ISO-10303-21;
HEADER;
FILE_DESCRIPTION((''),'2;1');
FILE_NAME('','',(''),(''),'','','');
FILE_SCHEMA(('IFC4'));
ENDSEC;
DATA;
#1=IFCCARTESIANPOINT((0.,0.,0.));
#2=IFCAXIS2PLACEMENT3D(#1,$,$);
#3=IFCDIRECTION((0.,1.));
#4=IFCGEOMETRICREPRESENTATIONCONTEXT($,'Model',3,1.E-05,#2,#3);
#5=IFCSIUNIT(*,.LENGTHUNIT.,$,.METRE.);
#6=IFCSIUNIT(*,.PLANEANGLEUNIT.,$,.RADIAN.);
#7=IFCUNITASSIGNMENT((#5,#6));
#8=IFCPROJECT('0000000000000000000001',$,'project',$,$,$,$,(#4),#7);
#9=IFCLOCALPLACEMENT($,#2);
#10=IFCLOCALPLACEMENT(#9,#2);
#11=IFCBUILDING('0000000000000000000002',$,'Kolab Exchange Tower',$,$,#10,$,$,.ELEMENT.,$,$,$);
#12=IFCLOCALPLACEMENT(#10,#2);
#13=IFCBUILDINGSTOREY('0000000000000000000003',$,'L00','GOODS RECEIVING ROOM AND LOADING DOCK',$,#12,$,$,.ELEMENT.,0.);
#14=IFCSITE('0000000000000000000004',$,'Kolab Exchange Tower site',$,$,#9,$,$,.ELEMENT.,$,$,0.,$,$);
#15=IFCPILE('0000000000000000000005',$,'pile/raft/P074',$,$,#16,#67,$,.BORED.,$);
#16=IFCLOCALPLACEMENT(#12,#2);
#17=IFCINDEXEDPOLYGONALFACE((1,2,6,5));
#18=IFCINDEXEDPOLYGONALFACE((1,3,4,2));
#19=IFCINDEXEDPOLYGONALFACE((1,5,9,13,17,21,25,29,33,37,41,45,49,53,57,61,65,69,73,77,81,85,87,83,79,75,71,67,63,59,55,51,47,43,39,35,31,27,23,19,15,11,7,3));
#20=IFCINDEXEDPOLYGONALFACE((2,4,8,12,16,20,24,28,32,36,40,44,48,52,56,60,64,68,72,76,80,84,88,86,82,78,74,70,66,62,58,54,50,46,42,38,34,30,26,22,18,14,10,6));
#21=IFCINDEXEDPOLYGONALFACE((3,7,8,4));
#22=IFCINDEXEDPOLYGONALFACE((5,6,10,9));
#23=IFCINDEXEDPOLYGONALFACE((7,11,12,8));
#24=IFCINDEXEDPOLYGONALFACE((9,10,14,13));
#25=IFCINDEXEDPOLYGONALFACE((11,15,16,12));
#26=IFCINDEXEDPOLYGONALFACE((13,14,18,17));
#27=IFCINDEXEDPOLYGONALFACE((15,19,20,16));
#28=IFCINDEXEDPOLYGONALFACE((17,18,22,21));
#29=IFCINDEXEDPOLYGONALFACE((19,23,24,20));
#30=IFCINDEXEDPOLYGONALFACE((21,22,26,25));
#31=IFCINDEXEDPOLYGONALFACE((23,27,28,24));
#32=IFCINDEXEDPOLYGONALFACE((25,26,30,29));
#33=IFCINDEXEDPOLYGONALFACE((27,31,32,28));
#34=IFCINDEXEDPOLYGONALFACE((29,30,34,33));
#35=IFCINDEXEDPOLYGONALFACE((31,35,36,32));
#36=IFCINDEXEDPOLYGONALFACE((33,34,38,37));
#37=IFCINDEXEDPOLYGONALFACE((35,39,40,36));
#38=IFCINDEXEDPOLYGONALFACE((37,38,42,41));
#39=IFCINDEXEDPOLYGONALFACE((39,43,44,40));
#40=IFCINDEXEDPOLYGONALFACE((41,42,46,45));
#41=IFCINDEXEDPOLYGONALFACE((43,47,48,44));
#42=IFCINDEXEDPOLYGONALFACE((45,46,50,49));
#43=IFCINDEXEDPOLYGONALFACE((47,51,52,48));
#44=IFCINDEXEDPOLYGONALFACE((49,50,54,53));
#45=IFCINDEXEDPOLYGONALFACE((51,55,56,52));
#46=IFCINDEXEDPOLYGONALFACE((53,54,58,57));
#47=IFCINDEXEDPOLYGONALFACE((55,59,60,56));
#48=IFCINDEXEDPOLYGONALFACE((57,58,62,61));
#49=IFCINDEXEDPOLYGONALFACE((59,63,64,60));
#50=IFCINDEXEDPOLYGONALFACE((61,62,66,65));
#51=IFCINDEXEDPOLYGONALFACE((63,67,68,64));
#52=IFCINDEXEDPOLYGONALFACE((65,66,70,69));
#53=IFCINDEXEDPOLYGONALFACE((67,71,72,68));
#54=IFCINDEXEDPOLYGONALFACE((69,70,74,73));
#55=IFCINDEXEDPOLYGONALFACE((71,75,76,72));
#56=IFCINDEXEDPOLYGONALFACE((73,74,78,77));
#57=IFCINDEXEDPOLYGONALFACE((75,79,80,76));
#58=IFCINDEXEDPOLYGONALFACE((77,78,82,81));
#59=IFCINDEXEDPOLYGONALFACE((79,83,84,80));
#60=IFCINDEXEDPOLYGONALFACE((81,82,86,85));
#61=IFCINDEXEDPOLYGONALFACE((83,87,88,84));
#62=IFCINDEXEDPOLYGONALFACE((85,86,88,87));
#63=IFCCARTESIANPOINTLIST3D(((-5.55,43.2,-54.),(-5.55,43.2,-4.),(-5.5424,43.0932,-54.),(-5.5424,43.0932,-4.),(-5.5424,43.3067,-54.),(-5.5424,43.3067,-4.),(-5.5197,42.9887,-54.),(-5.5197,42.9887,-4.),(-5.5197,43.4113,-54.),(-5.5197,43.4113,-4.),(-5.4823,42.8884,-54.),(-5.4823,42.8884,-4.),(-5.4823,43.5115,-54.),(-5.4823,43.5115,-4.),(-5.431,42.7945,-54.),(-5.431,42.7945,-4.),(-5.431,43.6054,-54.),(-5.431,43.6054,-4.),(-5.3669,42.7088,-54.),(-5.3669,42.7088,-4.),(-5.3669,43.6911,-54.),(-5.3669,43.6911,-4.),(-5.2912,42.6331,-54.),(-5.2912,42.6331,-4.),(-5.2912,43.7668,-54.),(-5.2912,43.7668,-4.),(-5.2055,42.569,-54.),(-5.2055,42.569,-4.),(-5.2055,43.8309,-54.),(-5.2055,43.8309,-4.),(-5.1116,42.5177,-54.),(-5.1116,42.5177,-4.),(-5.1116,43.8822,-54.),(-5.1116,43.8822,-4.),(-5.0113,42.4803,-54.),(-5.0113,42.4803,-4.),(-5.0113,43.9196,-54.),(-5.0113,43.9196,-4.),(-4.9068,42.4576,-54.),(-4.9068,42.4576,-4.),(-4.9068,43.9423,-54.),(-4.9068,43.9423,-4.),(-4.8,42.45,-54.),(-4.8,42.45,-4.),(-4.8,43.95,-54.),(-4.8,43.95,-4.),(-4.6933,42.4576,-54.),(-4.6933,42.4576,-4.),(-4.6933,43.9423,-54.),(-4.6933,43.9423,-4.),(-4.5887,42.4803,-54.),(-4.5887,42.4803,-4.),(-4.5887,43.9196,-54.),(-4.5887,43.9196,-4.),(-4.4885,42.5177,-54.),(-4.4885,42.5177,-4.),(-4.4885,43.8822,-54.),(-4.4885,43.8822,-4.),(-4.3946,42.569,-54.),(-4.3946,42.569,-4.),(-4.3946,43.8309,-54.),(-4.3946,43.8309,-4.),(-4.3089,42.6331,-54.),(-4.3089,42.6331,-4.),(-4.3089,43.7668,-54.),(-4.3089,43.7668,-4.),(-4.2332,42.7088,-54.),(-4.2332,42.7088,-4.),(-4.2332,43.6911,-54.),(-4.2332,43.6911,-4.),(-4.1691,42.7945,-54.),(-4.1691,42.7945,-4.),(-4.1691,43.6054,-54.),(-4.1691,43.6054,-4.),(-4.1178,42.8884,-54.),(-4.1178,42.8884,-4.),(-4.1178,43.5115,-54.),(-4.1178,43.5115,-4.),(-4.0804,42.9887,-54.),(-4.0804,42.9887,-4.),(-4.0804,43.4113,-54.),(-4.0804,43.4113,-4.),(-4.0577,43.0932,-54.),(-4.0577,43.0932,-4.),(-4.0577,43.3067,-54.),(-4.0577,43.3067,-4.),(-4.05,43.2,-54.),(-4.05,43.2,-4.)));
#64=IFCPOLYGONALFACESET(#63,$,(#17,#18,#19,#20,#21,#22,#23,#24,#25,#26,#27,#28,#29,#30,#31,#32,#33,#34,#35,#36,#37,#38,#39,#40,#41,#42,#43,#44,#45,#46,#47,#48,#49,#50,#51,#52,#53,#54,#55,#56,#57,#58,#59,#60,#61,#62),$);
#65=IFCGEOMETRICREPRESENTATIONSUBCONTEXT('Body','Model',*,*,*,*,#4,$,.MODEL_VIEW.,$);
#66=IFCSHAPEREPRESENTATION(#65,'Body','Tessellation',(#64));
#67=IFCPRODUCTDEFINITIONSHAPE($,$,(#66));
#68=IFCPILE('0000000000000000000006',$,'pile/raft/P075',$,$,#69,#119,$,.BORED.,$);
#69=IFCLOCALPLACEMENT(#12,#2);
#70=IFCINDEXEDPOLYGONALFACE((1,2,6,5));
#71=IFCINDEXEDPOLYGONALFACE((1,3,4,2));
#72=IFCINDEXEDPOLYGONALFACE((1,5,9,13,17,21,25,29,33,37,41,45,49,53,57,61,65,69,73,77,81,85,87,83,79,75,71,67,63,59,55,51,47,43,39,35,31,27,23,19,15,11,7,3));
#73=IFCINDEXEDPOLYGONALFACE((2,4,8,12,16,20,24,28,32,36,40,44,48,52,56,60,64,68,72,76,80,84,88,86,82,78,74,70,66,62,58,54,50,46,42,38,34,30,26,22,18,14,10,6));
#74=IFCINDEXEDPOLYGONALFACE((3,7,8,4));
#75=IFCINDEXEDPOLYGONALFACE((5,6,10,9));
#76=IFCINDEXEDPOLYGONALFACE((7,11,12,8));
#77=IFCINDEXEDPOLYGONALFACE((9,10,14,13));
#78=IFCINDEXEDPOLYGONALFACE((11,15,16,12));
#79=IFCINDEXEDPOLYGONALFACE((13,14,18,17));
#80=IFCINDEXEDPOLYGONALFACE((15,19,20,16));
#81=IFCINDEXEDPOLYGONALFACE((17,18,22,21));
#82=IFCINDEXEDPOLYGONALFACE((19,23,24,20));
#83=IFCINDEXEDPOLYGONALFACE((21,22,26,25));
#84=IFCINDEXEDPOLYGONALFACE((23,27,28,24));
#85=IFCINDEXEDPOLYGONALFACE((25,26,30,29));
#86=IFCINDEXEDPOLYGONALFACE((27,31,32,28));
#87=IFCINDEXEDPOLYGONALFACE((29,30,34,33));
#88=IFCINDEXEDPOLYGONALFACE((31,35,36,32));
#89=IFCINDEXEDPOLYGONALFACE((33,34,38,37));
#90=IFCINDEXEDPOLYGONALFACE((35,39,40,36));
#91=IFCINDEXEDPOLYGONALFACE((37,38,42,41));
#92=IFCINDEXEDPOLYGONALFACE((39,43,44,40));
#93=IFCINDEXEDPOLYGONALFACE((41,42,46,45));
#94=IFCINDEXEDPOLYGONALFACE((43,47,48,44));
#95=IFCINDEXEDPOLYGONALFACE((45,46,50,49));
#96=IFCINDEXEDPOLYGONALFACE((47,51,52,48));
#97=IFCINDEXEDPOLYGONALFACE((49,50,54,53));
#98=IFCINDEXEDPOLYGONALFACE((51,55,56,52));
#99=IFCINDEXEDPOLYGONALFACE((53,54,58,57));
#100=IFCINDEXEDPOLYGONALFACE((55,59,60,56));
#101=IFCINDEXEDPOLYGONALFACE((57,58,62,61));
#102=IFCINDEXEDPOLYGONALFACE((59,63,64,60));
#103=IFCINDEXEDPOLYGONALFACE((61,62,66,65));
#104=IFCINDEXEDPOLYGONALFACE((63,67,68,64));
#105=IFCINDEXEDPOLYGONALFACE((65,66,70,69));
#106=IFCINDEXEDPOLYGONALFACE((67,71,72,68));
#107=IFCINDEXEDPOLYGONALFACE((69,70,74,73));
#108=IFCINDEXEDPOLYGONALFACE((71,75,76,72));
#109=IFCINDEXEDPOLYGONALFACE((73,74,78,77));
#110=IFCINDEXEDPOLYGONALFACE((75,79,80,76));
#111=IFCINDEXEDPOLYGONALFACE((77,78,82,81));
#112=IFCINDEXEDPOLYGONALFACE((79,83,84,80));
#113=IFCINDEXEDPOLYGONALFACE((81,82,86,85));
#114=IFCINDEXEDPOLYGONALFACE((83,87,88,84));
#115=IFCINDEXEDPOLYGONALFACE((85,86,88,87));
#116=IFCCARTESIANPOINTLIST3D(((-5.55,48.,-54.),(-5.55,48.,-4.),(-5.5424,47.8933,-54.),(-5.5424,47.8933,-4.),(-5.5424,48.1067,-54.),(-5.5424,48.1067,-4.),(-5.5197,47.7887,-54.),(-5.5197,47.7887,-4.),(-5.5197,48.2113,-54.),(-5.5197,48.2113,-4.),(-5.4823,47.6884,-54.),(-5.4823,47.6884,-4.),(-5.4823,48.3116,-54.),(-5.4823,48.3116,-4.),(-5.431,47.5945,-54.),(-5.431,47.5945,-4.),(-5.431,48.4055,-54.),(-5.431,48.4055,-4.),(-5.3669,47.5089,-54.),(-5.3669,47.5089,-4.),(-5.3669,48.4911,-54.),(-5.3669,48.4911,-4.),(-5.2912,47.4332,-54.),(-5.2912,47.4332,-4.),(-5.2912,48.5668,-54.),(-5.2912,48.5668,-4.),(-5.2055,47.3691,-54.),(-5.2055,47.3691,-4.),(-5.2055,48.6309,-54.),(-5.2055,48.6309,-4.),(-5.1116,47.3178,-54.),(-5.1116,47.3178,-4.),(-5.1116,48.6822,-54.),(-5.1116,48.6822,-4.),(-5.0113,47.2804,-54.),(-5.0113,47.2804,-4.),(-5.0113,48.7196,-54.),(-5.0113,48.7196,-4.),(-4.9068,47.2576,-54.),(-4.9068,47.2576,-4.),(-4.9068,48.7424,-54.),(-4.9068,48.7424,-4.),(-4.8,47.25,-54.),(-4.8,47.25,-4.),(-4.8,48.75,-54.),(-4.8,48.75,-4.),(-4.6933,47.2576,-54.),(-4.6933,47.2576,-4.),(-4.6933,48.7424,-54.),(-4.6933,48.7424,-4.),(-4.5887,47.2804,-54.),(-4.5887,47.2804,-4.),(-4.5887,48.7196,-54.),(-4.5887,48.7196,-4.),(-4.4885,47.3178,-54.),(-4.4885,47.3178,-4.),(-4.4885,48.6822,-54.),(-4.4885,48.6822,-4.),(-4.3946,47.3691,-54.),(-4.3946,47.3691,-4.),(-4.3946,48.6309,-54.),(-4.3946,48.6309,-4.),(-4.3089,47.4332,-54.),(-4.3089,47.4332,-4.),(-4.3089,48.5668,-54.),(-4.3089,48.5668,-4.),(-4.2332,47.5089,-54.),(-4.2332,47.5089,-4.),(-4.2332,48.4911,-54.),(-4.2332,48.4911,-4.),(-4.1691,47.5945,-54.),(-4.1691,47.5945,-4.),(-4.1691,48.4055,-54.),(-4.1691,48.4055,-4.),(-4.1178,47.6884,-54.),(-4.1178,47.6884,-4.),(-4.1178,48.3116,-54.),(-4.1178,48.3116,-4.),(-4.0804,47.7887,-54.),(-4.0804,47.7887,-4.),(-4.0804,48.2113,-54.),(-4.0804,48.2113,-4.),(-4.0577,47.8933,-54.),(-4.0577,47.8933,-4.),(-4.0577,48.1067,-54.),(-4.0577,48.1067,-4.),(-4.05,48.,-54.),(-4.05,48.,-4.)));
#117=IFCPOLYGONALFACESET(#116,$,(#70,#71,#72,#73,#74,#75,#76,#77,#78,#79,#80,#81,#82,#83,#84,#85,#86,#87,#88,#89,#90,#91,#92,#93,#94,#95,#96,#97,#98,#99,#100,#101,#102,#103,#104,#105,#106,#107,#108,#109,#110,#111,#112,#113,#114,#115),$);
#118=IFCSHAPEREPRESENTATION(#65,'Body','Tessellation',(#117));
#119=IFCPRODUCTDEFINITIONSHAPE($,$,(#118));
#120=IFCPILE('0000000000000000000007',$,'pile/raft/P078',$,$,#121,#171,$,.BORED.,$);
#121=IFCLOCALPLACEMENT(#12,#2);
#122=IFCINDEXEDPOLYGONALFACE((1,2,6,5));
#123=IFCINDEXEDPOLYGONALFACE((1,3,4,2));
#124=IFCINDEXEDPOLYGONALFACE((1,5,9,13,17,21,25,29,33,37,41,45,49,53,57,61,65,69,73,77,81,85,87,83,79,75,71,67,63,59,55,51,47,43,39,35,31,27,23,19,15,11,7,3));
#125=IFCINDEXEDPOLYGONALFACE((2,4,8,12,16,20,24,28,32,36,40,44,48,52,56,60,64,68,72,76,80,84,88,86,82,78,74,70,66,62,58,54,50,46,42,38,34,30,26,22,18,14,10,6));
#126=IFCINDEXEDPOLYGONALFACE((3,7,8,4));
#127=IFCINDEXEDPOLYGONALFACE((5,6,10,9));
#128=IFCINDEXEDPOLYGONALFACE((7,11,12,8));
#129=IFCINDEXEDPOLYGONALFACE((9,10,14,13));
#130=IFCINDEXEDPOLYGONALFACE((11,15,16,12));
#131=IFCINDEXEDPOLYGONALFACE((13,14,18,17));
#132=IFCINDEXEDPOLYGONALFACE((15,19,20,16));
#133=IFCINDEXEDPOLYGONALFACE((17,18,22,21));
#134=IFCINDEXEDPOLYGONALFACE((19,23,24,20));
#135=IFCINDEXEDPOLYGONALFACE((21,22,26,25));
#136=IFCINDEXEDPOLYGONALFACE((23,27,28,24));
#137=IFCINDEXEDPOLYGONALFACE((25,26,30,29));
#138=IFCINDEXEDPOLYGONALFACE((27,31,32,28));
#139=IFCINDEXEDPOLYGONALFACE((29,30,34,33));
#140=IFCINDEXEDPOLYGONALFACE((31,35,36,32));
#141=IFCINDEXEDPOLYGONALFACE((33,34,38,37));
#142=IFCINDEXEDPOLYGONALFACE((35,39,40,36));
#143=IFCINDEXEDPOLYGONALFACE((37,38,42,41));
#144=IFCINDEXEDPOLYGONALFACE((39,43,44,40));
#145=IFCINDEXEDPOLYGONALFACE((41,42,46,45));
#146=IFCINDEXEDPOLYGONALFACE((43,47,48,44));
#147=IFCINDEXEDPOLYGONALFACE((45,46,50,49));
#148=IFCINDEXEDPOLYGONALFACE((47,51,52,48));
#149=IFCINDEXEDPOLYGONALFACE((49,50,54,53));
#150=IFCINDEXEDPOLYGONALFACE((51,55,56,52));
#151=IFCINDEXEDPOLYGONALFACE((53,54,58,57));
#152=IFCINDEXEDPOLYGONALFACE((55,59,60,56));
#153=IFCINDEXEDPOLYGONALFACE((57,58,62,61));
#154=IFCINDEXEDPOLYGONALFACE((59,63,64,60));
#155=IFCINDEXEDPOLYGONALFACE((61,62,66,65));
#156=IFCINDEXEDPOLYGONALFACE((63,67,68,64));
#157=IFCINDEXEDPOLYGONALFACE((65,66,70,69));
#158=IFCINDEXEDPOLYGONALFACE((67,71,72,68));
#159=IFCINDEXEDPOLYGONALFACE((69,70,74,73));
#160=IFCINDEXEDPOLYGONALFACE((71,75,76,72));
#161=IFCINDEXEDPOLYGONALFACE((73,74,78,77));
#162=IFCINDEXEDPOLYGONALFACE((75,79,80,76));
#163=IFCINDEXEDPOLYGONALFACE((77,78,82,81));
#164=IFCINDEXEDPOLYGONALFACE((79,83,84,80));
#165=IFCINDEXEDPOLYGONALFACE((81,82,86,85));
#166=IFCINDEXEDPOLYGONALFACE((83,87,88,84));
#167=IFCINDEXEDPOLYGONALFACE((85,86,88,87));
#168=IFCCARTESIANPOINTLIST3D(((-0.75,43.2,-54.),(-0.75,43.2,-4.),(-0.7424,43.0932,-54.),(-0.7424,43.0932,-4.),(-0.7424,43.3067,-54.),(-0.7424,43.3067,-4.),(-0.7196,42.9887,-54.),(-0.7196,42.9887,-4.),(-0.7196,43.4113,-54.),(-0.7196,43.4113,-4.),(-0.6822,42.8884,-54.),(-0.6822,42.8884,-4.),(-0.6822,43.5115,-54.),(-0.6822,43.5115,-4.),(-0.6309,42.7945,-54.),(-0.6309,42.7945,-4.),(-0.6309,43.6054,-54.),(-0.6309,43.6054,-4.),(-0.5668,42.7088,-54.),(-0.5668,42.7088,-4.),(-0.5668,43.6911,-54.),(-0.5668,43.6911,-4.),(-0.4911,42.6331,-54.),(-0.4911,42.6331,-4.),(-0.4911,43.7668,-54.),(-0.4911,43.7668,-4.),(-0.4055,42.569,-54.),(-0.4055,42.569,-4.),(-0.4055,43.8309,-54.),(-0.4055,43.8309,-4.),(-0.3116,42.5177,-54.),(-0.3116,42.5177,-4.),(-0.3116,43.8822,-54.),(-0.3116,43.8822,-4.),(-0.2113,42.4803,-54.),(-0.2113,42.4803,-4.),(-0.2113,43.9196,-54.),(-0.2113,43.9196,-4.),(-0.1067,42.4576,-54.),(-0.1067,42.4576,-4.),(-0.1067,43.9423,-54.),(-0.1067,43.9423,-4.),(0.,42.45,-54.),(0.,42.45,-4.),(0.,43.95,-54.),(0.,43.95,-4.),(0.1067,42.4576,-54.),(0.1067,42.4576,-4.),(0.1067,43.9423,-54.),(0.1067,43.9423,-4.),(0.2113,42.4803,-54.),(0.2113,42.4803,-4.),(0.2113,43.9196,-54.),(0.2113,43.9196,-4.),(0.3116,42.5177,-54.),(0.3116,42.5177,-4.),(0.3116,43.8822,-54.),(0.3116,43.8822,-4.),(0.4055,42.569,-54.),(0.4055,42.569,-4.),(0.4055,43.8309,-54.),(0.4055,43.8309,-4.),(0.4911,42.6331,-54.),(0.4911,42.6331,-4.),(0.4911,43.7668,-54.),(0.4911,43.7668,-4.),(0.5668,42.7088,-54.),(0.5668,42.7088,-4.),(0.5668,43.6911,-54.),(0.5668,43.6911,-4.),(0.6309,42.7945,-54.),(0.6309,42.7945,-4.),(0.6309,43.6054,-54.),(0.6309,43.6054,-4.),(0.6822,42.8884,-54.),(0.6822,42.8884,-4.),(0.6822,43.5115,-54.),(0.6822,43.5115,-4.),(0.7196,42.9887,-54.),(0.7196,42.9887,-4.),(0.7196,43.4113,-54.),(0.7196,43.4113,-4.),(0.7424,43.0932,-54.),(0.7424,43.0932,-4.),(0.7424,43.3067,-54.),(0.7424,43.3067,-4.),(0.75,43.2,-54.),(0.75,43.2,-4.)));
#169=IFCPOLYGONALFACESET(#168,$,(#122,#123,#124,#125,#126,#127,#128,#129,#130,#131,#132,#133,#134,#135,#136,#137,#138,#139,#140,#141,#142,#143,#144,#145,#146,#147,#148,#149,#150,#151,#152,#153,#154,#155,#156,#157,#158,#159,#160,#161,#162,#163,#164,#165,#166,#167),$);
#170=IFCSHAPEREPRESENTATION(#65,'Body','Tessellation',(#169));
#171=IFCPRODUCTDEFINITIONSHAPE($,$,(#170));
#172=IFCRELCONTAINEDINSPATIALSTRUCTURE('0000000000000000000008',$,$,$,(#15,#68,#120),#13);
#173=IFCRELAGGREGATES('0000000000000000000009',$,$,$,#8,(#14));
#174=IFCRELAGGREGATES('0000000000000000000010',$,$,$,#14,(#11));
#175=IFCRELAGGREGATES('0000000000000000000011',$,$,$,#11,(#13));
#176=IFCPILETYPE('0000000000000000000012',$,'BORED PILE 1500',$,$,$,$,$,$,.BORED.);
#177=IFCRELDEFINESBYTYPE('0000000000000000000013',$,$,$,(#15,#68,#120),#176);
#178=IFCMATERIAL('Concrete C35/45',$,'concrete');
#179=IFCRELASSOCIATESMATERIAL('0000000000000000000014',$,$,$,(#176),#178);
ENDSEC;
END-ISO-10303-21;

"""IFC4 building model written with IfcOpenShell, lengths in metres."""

from ifc_helpers import new_model, si_unit, direction, frame, origin, origin_2d, place, context, subcontext, project, spatial, circle, extrude, material, material_profile, profile_set, type_object, element, save


model = new_model("IFC4")

# Units and contexts
model_context = context("Model", 3, precision=1e-05, world=origin(), true_north=direction((0.0, 1.0)))
body_context = subcontext(model_context, "Body", "Model", "MODEL_VIEW")
ifc_project = project(units=[si_unit("LENGTHUNIT", "METRE"), si_unit("PLANEANGLEUNIT", "RADIAN")], contexts=[model_context])

# Site, building, storey
site_placement = place(None, origin())
site = spatial("IfcSite", under=ifc_project, at=site_placement, Name="Kolab Exchange Tower site", CompositionType="ELEMENT", RefElevation=0.0)
building_placement = place(site_placement, origin())
building = spatial("IfcBuilding", under=site, at=building_placement, Name="Kolab Exchange Tower", CompositionType="ELEMENT")
storey_placement = place(building_placement, origin())
storey = spatial("IfcBuildingStorey", under=building, at=storey_placement, Name="L00", Description="GOODS RECEIVING ROOM AND LOADING DOCK", CompositionType="ELEMENT", Elevation=0.0)

# Piles
ifc_material_1 = material(Name="Concrete C35/45", Category="concrete")
ifc_material_profile_1 = material_profile(ifc_material_1, circle(Radius=0.75, at=origin_2d()), Name="BP1500")
ifc_profile_set_1 = profile_set([ifc_material_profile_1], Name="Concrete C35/45")
pile_type_1 = type_object("IfcPileType", Name="BORED PILE 1500", PredefinedType="BORED", material=ifc_profile_set_1)
for number, where, z_axis, x_axis, name in (
    (1, (-4.8, 43.2, -4.0), (0.0, 0.0, -1.0), (1.0, 0.0, 0.0), "pile/raft/P074"),
    (2, (-4.8, 48.0, -4.0), (0.0, 0.0, -1.0), (1.0, 0.0, 0.0), "pile/raft/P075"),
    (3, (0.0, 43.2, -4.0), (0.0, 0.0, -1.0), (1.0, 0.0, 0.0), "pile/raft/P078"),
):
    element("IfcPile", number, at=place(storey_placement, frame(where, z_axis=z_axis, x_axis=x_axis)), inside=storey, type_object=pile_type_1, Name=name, PredefinedType="BORED", context=body_context, shape_type="SweptSolid", body=[
        extrude(circle(Radius=0.75, at=origin_2d()), origin(), (0.0, 0.0, 1.0), 50.0),
    ])

save(model, "model.ifc")
